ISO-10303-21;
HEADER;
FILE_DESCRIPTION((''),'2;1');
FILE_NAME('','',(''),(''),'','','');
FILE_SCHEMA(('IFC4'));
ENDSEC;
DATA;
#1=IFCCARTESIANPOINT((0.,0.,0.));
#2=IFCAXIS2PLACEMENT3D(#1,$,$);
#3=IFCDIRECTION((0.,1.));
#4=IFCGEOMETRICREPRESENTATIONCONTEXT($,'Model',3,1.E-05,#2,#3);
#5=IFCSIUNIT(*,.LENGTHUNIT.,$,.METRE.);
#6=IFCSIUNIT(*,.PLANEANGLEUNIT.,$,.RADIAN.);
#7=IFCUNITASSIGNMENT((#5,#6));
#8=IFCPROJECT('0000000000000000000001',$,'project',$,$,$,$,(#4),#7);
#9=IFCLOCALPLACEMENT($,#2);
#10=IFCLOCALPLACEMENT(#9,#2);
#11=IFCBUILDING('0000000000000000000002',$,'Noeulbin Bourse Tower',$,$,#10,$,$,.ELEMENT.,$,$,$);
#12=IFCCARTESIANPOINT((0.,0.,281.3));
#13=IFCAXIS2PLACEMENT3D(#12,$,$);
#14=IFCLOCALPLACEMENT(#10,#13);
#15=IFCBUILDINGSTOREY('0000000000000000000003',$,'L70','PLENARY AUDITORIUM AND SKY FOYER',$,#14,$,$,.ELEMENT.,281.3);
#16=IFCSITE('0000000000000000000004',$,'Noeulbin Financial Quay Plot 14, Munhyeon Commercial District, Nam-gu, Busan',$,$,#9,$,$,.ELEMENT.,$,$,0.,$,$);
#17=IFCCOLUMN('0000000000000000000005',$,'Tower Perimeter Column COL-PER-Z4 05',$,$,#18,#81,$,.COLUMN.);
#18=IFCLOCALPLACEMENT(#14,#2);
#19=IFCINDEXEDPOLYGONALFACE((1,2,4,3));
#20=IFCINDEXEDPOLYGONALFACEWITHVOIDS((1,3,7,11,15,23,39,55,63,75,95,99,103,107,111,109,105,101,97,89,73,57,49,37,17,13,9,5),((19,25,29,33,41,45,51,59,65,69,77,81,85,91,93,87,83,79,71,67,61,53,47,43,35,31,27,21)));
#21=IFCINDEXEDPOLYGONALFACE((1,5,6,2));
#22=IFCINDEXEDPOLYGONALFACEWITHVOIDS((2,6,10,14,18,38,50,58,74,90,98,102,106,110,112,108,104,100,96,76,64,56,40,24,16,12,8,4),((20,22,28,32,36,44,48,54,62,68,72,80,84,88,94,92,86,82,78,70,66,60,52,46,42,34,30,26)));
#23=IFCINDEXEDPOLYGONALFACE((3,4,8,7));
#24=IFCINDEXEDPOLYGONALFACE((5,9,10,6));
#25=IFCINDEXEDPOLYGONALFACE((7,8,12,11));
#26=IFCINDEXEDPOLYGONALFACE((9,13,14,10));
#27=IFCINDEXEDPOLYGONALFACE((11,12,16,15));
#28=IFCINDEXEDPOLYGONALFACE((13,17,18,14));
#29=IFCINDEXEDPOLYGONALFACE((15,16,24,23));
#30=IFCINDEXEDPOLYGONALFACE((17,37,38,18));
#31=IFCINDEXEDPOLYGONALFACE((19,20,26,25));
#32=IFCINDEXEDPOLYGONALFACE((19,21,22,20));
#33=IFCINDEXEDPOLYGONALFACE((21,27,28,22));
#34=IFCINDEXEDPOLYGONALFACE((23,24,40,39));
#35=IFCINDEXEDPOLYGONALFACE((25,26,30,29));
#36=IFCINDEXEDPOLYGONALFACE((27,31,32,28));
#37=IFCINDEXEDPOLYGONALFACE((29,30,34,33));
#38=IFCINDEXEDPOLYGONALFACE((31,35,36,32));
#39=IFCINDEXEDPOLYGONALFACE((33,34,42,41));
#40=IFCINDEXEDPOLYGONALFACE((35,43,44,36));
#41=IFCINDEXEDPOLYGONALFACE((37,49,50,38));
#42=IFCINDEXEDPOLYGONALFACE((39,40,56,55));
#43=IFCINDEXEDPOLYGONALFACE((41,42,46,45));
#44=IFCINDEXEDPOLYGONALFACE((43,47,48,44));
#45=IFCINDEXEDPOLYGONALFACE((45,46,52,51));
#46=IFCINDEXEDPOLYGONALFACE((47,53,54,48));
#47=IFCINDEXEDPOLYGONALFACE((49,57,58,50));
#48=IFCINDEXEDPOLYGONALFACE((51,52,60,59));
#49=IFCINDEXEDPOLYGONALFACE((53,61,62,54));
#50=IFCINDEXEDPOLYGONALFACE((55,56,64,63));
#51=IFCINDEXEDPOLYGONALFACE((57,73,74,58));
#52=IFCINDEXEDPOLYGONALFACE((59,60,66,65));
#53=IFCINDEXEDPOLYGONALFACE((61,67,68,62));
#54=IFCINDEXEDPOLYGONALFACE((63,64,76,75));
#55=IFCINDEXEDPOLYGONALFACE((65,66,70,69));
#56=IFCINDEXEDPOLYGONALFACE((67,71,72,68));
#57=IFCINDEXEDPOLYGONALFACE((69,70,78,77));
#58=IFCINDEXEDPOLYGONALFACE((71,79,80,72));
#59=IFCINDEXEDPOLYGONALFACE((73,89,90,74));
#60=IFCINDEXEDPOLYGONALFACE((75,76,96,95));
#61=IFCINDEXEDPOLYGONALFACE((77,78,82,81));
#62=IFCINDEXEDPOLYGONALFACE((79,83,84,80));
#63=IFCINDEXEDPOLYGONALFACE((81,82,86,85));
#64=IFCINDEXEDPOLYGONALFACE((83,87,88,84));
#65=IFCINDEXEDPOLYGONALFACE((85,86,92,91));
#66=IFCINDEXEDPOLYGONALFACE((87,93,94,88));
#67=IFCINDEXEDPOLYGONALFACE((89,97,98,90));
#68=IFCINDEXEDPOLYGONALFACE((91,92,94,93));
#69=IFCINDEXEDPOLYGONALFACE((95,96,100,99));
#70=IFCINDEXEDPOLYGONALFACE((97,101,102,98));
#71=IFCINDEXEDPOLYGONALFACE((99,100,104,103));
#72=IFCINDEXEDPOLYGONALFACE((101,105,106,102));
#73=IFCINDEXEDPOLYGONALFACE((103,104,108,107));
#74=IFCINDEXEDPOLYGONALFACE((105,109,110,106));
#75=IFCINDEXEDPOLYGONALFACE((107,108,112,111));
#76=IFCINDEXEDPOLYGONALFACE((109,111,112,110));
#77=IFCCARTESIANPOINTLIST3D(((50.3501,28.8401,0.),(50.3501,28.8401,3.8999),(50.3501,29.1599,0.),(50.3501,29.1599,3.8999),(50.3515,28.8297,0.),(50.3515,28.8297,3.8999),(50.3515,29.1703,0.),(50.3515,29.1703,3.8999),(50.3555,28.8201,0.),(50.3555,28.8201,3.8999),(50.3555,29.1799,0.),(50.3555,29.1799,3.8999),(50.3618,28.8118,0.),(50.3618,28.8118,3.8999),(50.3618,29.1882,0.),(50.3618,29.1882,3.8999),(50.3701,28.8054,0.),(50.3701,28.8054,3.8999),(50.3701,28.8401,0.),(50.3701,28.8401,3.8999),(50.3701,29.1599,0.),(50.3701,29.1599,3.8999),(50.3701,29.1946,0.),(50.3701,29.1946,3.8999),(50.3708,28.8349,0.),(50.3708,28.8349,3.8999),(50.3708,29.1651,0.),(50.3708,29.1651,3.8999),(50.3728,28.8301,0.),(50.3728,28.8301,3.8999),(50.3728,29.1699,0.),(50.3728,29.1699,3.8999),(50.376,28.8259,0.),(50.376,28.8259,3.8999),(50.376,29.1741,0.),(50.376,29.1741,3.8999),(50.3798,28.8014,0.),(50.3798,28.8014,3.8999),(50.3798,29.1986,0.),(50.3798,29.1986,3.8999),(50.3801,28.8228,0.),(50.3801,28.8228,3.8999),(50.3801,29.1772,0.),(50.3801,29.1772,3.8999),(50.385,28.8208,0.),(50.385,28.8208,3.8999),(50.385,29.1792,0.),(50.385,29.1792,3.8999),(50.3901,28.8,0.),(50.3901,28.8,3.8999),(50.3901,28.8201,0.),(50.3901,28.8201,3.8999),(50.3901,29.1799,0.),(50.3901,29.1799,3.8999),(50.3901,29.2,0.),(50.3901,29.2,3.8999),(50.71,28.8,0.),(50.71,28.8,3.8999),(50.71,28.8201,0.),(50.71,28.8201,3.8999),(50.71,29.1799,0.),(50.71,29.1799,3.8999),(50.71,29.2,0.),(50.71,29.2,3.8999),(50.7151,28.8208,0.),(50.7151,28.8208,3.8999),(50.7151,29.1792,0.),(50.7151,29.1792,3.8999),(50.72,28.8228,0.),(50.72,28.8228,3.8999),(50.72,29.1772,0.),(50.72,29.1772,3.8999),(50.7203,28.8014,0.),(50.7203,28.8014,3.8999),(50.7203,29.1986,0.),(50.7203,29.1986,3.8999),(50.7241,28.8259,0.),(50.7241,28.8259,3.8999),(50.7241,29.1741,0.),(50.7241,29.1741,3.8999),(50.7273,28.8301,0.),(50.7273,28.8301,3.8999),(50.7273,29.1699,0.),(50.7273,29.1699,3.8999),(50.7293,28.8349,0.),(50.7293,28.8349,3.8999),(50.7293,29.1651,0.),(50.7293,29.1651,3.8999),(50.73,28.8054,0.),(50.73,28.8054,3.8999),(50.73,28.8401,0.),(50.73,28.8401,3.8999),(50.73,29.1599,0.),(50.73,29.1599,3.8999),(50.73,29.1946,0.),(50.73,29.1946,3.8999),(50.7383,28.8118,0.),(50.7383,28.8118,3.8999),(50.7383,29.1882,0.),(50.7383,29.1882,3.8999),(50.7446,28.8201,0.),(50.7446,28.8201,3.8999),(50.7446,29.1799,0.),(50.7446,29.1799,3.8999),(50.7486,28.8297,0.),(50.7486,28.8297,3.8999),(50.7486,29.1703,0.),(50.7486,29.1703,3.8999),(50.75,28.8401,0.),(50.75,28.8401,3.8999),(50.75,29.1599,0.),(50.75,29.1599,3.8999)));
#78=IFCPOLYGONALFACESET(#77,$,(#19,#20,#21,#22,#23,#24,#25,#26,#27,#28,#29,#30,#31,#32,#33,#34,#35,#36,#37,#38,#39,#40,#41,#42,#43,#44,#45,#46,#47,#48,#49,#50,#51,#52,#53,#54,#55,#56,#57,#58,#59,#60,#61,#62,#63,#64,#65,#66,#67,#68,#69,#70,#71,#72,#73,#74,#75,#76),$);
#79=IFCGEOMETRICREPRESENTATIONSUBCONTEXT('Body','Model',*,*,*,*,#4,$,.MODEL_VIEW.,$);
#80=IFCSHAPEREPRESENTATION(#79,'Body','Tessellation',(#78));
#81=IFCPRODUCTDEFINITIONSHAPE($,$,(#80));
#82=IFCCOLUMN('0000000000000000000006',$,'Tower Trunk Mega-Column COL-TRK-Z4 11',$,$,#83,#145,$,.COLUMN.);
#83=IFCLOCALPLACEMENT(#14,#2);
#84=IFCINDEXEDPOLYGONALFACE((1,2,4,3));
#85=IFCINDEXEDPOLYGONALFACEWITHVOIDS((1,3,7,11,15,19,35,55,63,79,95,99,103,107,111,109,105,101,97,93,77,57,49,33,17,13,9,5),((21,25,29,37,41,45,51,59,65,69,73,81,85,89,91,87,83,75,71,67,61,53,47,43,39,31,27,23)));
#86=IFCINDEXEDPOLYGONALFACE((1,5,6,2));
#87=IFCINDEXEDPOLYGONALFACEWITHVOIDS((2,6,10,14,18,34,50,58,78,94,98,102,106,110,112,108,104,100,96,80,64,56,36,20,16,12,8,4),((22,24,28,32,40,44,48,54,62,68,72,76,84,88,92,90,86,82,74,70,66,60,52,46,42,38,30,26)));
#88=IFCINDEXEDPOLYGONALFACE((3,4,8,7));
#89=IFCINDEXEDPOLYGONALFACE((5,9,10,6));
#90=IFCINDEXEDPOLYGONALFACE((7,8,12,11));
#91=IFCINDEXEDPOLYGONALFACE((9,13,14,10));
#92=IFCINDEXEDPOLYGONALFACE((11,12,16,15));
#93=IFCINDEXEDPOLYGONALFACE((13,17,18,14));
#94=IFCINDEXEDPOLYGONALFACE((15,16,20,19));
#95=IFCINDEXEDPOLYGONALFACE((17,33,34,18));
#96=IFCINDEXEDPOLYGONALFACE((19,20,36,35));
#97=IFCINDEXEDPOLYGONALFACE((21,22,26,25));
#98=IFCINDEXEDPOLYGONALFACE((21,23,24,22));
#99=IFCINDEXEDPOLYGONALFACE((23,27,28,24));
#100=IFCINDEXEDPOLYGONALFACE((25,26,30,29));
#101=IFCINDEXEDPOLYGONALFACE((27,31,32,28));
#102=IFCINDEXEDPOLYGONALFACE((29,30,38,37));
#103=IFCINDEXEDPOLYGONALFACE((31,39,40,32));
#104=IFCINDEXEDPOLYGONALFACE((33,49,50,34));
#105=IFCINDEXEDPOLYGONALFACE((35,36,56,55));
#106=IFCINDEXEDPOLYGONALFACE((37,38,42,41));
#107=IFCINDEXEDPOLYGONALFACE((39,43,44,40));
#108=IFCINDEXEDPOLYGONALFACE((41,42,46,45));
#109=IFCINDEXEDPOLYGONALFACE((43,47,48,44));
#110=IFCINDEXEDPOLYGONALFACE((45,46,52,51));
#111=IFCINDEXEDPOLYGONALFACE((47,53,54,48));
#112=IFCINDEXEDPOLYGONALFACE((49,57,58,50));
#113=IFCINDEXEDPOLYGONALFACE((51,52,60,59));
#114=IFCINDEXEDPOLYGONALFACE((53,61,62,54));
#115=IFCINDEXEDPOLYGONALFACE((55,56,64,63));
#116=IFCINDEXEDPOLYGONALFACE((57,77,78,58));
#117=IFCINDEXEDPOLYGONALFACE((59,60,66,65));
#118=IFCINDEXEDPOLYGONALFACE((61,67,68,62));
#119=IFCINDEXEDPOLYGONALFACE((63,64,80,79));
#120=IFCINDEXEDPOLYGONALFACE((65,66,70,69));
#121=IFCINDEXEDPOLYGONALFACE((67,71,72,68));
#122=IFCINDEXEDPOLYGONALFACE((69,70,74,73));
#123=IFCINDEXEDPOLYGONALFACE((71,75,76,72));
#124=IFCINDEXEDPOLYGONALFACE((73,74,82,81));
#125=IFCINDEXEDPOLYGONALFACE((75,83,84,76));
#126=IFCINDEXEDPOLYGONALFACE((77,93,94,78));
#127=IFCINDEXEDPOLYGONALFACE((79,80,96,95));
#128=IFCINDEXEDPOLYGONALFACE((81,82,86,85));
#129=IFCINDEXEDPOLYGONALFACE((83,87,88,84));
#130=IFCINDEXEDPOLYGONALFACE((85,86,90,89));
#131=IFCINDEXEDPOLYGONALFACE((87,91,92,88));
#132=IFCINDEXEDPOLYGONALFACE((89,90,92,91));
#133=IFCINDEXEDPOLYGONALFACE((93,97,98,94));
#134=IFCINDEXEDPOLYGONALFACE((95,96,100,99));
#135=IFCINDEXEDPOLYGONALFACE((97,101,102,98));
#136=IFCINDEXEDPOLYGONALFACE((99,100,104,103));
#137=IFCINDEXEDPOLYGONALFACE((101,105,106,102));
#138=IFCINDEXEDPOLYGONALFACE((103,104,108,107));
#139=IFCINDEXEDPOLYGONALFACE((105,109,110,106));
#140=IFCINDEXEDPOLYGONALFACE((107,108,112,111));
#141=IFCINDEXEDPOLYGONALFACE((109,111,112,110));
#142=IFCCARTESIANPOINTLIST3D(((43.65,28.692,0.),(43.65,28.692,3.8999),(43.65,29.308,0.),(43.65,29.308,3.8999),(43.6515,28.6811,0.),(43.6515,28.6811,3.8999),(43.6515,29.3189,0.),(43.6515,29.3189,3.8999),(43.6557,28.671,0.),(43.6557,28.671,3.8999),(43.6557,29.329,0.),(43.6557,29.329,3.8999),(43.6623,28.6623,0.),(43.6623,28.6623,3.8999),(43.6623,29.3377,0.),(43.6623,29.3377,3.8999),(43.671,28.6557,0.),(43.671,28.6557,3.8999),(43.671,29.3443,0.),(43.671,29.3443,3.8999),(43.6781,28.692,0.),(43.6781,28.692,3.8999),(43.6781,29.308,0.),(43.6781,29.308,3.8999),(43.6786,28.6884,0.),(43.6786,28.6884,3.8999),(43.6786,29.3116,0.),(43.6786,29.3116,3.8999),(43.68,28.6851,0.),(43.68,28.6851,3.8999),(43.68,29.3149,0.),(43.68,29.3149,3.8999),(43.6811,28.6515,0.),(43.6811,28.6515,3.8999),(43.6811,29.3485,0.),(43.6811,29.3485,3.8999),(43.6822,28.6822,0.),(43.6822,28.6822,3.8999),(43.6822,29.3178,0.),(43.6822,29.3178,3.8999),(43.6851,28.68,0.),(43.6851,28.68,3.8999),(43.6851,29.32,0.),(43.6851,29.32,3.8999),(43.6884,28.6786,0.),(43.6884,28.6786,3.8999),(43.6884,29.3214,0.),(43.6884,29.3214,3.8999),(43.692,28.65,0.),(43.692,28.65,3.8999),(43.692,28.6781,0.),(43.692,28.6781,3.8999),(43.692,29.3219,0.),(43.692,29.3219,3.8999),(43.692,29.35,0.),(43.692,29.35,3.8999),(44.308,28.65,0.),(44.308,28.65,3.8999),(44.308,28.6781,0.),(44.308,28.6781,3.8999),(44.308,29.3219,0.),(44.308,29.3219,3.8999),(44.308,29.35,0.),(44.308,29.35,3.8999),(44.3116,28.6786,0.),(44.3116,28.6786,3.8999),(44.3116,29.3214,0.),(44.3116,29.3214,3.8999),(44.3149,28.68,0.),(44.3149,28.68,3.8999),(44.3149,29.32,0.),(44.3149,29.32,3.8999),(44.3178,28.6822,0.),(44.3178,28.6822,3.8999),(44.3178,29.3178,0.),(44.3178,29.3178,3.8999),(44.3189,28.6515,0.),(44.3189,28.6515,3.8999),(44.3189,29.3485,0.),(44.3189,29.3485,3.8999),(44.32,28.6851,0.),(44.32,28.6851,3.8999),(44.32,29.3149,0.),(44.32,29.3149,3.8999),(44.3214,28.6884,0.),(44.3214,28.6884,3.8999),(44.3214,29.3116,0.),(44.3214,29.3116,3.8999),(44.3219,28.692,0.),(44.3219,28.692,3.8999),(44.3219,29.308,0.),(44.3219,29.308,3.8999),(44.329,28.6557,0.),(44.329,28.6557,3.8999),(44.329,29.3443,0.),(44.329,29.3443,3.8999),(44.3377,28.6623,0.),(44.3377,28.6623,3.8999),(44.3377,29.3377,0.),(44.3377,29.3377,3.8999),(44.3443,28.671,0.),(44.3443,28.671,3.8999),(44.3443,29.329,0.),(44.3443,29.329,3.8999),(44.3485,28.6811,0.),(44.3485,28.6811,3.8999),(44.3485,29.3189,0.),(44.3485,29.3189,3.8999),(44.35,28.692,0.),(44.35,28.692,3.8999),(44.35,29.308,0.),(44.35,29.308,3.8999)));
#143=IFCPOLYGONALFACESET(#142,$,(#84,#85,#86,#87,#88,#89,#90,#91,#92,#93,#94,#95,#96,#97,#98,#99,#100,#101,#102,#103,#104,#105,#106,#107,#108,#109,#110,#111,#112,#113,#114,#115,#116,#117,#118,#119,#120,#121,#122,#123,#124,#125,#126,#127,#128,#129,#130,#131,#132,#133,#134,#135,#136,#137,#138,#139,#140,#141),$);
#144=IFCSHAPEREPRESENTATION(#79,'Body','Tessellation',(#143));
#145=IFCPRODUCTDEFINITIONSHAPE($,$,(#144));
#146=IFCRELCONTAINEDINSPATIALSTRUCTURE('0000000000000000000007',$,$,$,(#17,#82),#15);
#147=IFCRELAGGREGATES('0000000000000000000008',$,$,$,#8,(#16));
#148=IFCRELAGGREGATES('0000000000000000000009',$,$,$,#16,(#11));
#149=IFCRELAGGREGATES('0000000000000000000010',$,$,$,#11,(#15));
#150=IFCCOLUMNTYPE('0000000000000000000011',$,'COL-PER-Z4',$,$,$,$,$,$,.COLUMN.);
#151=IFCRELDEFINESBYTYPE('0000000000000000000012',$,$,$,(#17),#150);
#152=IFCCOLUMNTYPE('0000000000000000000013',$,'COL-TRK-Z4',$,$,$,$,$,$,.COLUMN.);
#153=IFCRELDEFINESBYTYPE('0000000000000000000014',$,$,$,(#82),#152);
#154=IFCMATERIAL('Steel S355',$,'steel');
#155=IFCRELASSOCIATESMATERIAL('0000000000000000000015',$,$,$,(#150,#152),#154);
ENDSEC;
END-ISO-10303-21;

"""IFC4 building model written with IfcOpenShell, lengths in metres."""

from ifc_helpers import new_model, si_unit, direction, frame, origin, origin_2d, place, context, subcontext, project, spatial, hollow_rectangle, extrude, material, material_profile, profile_set, type_object, element, save


model = new_model("IFC4")

# Units and contexts
model_context = context("Model", 3, precision=1e-05, world=origin(), true_north=direction((0.0, 1.0)))
body_context = subcontext(model_context, "Body", "Model", "MODEL_VIEW")
ifc_project = project(units=[si_unit("LENGTHUNIT", "METRE"), si_unit("PLANEANGLEUNIT", "RADIAN")], contexts=[model_context])

# Site, building, storey
site_placement = place(None, origin())
site = spatial("IfcSite", under=ifc_project, at=site_placement, Name="Noeulbin Financial Quay Plot 14, Munhyeon Commercial District, Nam-gu, Busan", CompositionType="ELEMENT", RefElevation=0.0)
building_placement = place(site_placement, origin())
building = spatial("IfcBuilding", under=site, at=building_placement, Name="Noeulbin Bourse Tower", CompositionType="ELEMENT")
storey_placement = place(building_placement, frame((0.0, 0.0, 281.3)))
storey = spatial("IfcBuildingStorey", under=building, at=storey_placement, Name="L70", Description="PLENARY AUDITORIUM AND SKY FOYER", CompositionType="ELEMENT", Elevation=281.3)

# Columns
ifc_material_1 = material(Name="Steel S355", Category="steel")
ifc_material_profile_1 = material_profile(ifc_material_1, hollow_rectangle(XDim=0.3999, YDim=0.3999, WallThickness=0.02, InnerFilletRadius=0.02, OuterFilletRadius=0.04, at=origin_2d()), Name="SHS-400x400x20", Category="LoadBearing")
ifc_profile_set_1 = profile_set([ifc_material_profile_1], Name="Steel S355")
column_type_1 = type_object("IfcColumnType", Name="COL-PER-Z4", PredefinedType="COLUMN", material=ifc_profile_set_1)
column_placement = place(storey_placement, frame((50.55, 29.0, 0.0), z_axis=(0.0, 0.0, 1.0), x_axis=(1.0, 0.0, 0.0)))
element("IfcColumn", 1, at=column_placement, inside=storey, type_object=column_type_1, Name="Tower Perimeter Column COL-PER-Z4 05", PredefinedType="COLUMN", context=body_context, shape_type="SweptSolid", body=[
    extrude(hollow_rectangle(XDim=0.3999, YDim=0.3999, WallThickness=0.02, InnerFilletRadius=0.02, OuterFilletRadius=0.04, at=origin_2d()), origin(), (0.0, 0.0, 1.0), 3.8999),
])
ifc_material_profile_2 = material_profile(ifc_material_1, hollow_rectangle(XDim=0.7, YDim=0.7, WallThickness=0.0281, InnerFilletRadius=0.0139, OuterFilletRadius=0.042, at=origin_2d()), Name="BOX-700x700x28", Category="LoadBearing")
ifc_profile_set_2 = profile_set([ifc_material_profile_2], Name="Steel S355")
column_type_2 = type_object("IfcColumnType", Name="COL-TRK-Z4", PredefinedType="COLUMN", material=ifc_profile_set_2)
for number, where, z_axis, x_axis, name in (
    (2, (44.0, 29.0, 0.0), (0.0, 0.0, 1.0), (1.0, 0.0, 0.0), "Tower Trunk Mega-Column COL-TRK-Z4 11"),
):
    element("IfcColumn", number, at=place(storey_placement, frame(where, z_axis=z_axis, x_axis=x_axis)), inside=storey, type_object=column_type_2, Name=name, PredefinedType="COLUMN", context=body_context, shape_type="SweptSolid", body=[
        extrude(hollow_rectangle(XDim=0.7, YDim=0.7, WallThickness=0.0281, InnerFilletRadius=0.0139, OuterFilletRadius=0.042, at=origin_2d()), origin(), (0.0, 0.0, 1.0), 3.8999),
    ])

save(model, "model.ifc")
